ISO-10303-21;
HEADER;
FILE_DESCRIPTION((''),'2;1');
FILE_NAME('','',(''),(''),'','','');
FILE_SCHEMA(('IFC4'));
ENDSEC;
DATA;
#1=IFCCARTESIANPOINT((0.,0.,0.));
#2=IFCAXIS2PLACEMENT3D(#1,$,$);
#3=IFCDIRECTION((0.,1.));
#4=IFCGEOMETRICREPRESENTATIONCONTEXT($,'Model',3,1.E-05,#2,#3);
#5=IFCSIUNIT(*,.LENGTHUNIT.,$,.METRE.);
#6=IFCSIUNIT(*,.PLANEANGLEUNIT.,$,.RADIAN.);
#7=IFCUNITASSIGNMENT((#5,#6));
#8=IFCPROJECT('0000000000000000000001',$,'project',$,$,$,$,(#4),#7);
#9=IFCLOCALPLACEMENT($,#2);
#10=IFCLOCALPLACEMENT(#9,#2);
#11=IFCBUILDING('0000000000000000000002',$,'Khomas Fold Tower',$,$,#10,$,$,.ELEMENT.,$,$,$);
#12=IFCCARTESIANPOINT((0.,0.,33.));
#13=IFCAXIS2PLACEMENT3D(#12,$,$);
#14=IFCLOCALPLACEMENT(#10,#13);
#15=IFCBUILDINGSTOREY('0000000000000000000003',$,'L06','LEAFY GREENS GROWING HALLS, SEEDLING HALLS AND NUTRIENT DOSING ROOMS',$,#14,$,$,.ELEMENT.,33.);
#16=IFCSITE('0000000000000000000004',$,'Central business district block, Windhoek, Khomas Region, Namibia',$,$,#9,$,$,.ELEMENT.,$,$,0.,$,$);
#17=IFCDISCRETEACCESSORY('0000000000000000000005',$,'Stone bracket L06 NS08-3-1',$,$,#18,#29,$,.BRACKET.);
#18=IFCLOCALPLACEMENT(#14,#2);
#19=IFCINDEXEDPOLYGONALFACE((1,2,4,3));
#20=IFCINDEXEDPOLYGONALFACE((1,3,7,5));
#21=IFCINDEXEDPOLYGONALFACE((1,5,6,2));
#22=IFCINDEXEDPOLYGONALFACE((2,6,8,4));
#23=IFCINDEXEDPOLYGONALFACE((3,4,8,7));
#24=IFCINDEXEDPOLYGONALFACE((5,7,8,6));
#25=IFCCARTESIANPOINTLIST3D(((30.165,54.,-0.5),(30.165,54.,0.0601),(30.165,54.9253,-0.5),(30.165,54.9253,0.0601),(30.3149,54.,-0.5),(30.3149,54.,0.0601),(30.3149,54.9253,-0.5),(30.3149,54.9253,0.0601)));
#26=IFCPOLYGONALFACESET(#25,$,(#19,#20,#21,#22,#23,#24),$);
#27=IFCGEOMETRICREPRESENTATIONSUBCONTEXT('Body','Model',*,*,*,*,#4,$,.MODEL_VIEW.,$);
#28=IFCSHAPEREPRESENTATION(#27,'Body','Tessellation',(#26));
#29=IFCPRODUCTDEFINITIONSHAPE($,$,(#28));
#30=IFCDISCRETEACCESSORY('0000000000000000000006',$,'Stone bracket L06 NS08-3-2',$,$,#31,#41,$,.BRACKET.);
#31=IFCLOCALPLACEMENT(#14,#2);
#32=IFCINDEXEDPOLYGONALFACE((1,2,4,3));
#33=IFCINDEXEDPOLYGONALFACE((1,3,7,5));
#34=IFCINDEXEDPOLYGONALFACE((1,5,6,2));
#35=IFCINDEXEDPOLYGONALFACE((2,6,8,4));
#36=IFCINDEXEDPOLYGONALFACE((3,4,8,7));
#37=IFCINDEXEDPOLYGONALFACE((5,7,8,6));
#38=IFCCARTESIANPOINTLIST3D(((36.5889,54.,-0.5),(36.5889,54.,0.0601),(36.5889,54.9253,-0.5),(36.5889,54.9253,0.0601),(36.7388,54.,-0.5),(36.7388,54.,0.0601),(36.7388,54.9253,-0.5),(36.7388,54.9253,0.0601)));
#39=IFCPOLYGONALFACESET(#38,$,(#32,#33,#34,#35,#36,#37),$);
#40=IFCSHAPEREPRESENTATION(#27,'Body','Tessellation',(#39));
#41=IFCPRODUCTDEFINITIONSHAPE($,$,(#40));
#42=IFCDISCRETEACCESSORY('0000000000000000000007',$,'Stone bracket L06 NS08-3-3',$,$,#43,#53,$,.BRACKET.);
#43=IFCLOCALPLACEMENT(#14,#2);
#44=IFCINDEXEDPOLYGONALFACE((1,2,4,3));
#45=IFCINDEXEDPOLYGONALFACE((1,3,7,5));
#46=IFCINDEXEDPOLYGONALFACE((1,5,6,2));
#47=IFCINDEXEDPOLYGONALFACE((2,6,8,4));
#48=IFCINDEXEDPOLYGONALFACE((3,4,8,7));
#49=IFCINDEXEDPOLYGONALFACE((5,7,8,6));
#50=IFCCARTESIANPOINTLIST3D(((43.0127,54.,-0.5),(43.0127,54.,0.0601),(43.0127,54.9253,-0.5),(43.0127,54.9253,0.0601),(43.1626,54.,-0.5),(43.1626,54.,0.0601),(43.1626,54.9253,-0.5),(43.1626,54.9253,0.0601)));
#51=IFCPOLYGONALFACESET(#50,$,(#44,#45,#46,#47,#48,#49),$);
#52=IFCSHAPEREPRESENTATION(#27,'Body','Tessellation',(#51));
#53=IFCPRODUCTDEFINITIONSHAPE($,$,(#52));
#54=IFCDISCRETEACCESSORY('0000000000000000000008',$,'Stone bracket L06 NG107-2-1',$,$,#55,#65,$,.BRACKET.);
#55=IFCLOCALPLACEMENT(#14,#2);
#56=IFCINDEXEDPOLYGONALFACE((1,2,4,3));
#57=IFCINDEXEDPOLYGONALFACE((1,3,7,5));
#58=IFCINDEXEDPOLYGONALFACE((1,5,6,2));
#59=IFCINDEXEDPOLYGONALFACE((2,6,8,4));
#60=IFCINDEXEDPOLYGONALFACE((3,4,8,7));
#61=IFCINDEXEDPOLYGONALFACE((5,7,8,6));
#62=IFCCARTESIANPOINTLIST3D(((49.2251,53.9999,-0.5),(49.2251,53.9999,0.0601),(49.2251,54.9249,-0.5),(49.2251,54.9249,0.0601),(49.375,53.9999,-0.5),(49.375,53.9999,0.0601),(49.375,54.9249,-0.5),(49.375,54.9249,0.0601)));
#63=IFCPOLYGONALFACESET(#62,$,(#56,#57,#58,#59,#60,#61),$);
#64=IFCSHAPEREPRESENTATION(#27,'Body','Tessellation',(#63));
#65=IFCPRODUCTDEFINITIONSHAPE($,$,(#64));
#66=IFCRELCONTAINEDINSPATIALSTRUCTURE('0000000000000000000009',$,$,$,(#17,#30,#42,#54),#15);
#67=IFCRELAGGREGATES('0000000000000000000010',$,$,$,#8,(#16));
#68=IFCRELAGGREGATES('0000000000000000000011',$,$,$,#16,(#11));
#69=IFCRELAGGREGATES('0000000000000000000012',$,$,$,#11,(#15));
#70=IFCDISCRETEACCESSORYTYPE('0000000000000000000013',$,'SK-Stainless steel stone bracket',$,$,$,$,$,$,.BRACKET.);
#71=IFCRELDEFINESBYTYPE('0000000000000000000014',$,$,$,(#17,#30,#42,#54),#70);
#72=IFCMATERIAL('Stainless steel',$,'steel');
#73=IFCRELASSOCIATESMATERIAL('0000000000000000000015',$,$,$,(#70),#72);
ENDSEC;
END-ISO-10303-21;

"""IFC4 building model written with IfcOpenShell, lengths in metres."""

from ifc_helpers import new_model, si_unit, direction, frame, origin, origin_2d, place, context, subcontext, project, spatial, rectangle, extrude, source, transform, mapped, material, type_object, element, save


model = new_model("IFC4")

# Units and contexts
model_context = context("Model", 3, precision=1e-05, world=origin(), true_north=direction((0.0, 1.0)))
body_context = subcontext(model_context, "Body", "Model", "MODEL_VIEW")
ifc_project = project(units=[si_unit("LENGTHUNIT", "METRE"), si_unit("PLANEANGLEUNIT", "RADIAN")], contexts=[model_context])

# Site, building, storey
site_placement = place(None, origin())
site = spatial("IfcSite", under=ifc_project, at=site_placement, Name="Central business district block, Windhoek, Khomas Region, Namibia", CompositionType="ELEMENT", RefElevation=0.0)
building_placement = place(site_placement, origin())
building = spatial("IfcBuilding", under=site, at=building_placement, Name="Khomas Fold Tower", CompositionType="ELEMENT")
storey_placement = place(building_placement, frame((0.0, 0.0, 33.0)))
storey = spatial("IfcBuildingStorey", under=building, at=storey_placement, Name="L06", Description="LEAFY GREENS GROWING HALLS, SEEDLING HALLS AND NUTRIENT DOSING ROOMS", CompositionType="ELEMENT", Elevation=33.0)

# Discrete accessories
ifc_material_1 = material(Name="Stainless steel", Category="steel")
discrete_accessory_type = type_object("IfcDiscreteAccessoryType", Name="SK-Stainless steel stone bracket", PredefinedType="BRACKET", material=ifc_material_1)
shared_shape_1 = source(origin(), body_context, "Body", "SweptSolid", [
    extrude(rectangle(XDim=0.9253, YDim=0.1499, at=origin_2d()), origin(), (0.0, 0.0, 1.0), 0.5601),
])
for number, where, z_axis, x_axis, name in (
    (1, (30.24, 54.4626, -0.5), (0.0, 0.0, 1.0), (0.0, 1.0, 0.0), "Stone bracket L06 NS08-3-1"),
    (2, (36.6638, 54.4626, -0.5), (0.0, 0.0, 1.0), (0.0, 1.0, 0.0), "Stone bracket L06 NS08-3-2"),
    (3, (43.0876, 54.4626, -0.5), (0.0, 0.0, 1.0), (0.0, 1.0, 0.0), "Stone bracket L06 NS08-3-3"),
):
    element("IfcDiscreteAccessory", number, at=place(storey_placement, frame(where, z_axis=z_axis, x_axis=x_axis)), inside=storey, type_object=discrete_accessory_type, Name=name, PredefinedType="BRACKET", context=body_context, shape_type="MappedRepresentation", body=[
        mapped(shared_shape_1, transform((0.0, 0.0, 0.0))),
    ])
shared_shape_2 = source(origin(), body_context, "Body", "SweptSolid", [
    extrude(rectangle(XDim=0.925, YDim=0.1499, at=origin_2d()), origin(), (0.0, 0.0, 1.0), 0.5601),
])
discrete_accessory_1_placement = place(storey_placement, frame((49.3, 54.4624, -0.5), z_axis=(0.0, 0.0, 1.0), x_axis=(0.0, 1.0, 0.0)))
element("IfcDiscreteAccessory", 4, at=discrete_accessory_1_placement, inside=storey, type_object=discrete_accessory_type, Name="Stone bracket L06 NG107-2-1", PredefinedType="BRACKET", context=body_context, shape_type="MappedRepresentation", body=[
    mapped(shared_shape_2, transform((0.0, 0.0, 0.0))),
])

save(model, "model.ifc")
